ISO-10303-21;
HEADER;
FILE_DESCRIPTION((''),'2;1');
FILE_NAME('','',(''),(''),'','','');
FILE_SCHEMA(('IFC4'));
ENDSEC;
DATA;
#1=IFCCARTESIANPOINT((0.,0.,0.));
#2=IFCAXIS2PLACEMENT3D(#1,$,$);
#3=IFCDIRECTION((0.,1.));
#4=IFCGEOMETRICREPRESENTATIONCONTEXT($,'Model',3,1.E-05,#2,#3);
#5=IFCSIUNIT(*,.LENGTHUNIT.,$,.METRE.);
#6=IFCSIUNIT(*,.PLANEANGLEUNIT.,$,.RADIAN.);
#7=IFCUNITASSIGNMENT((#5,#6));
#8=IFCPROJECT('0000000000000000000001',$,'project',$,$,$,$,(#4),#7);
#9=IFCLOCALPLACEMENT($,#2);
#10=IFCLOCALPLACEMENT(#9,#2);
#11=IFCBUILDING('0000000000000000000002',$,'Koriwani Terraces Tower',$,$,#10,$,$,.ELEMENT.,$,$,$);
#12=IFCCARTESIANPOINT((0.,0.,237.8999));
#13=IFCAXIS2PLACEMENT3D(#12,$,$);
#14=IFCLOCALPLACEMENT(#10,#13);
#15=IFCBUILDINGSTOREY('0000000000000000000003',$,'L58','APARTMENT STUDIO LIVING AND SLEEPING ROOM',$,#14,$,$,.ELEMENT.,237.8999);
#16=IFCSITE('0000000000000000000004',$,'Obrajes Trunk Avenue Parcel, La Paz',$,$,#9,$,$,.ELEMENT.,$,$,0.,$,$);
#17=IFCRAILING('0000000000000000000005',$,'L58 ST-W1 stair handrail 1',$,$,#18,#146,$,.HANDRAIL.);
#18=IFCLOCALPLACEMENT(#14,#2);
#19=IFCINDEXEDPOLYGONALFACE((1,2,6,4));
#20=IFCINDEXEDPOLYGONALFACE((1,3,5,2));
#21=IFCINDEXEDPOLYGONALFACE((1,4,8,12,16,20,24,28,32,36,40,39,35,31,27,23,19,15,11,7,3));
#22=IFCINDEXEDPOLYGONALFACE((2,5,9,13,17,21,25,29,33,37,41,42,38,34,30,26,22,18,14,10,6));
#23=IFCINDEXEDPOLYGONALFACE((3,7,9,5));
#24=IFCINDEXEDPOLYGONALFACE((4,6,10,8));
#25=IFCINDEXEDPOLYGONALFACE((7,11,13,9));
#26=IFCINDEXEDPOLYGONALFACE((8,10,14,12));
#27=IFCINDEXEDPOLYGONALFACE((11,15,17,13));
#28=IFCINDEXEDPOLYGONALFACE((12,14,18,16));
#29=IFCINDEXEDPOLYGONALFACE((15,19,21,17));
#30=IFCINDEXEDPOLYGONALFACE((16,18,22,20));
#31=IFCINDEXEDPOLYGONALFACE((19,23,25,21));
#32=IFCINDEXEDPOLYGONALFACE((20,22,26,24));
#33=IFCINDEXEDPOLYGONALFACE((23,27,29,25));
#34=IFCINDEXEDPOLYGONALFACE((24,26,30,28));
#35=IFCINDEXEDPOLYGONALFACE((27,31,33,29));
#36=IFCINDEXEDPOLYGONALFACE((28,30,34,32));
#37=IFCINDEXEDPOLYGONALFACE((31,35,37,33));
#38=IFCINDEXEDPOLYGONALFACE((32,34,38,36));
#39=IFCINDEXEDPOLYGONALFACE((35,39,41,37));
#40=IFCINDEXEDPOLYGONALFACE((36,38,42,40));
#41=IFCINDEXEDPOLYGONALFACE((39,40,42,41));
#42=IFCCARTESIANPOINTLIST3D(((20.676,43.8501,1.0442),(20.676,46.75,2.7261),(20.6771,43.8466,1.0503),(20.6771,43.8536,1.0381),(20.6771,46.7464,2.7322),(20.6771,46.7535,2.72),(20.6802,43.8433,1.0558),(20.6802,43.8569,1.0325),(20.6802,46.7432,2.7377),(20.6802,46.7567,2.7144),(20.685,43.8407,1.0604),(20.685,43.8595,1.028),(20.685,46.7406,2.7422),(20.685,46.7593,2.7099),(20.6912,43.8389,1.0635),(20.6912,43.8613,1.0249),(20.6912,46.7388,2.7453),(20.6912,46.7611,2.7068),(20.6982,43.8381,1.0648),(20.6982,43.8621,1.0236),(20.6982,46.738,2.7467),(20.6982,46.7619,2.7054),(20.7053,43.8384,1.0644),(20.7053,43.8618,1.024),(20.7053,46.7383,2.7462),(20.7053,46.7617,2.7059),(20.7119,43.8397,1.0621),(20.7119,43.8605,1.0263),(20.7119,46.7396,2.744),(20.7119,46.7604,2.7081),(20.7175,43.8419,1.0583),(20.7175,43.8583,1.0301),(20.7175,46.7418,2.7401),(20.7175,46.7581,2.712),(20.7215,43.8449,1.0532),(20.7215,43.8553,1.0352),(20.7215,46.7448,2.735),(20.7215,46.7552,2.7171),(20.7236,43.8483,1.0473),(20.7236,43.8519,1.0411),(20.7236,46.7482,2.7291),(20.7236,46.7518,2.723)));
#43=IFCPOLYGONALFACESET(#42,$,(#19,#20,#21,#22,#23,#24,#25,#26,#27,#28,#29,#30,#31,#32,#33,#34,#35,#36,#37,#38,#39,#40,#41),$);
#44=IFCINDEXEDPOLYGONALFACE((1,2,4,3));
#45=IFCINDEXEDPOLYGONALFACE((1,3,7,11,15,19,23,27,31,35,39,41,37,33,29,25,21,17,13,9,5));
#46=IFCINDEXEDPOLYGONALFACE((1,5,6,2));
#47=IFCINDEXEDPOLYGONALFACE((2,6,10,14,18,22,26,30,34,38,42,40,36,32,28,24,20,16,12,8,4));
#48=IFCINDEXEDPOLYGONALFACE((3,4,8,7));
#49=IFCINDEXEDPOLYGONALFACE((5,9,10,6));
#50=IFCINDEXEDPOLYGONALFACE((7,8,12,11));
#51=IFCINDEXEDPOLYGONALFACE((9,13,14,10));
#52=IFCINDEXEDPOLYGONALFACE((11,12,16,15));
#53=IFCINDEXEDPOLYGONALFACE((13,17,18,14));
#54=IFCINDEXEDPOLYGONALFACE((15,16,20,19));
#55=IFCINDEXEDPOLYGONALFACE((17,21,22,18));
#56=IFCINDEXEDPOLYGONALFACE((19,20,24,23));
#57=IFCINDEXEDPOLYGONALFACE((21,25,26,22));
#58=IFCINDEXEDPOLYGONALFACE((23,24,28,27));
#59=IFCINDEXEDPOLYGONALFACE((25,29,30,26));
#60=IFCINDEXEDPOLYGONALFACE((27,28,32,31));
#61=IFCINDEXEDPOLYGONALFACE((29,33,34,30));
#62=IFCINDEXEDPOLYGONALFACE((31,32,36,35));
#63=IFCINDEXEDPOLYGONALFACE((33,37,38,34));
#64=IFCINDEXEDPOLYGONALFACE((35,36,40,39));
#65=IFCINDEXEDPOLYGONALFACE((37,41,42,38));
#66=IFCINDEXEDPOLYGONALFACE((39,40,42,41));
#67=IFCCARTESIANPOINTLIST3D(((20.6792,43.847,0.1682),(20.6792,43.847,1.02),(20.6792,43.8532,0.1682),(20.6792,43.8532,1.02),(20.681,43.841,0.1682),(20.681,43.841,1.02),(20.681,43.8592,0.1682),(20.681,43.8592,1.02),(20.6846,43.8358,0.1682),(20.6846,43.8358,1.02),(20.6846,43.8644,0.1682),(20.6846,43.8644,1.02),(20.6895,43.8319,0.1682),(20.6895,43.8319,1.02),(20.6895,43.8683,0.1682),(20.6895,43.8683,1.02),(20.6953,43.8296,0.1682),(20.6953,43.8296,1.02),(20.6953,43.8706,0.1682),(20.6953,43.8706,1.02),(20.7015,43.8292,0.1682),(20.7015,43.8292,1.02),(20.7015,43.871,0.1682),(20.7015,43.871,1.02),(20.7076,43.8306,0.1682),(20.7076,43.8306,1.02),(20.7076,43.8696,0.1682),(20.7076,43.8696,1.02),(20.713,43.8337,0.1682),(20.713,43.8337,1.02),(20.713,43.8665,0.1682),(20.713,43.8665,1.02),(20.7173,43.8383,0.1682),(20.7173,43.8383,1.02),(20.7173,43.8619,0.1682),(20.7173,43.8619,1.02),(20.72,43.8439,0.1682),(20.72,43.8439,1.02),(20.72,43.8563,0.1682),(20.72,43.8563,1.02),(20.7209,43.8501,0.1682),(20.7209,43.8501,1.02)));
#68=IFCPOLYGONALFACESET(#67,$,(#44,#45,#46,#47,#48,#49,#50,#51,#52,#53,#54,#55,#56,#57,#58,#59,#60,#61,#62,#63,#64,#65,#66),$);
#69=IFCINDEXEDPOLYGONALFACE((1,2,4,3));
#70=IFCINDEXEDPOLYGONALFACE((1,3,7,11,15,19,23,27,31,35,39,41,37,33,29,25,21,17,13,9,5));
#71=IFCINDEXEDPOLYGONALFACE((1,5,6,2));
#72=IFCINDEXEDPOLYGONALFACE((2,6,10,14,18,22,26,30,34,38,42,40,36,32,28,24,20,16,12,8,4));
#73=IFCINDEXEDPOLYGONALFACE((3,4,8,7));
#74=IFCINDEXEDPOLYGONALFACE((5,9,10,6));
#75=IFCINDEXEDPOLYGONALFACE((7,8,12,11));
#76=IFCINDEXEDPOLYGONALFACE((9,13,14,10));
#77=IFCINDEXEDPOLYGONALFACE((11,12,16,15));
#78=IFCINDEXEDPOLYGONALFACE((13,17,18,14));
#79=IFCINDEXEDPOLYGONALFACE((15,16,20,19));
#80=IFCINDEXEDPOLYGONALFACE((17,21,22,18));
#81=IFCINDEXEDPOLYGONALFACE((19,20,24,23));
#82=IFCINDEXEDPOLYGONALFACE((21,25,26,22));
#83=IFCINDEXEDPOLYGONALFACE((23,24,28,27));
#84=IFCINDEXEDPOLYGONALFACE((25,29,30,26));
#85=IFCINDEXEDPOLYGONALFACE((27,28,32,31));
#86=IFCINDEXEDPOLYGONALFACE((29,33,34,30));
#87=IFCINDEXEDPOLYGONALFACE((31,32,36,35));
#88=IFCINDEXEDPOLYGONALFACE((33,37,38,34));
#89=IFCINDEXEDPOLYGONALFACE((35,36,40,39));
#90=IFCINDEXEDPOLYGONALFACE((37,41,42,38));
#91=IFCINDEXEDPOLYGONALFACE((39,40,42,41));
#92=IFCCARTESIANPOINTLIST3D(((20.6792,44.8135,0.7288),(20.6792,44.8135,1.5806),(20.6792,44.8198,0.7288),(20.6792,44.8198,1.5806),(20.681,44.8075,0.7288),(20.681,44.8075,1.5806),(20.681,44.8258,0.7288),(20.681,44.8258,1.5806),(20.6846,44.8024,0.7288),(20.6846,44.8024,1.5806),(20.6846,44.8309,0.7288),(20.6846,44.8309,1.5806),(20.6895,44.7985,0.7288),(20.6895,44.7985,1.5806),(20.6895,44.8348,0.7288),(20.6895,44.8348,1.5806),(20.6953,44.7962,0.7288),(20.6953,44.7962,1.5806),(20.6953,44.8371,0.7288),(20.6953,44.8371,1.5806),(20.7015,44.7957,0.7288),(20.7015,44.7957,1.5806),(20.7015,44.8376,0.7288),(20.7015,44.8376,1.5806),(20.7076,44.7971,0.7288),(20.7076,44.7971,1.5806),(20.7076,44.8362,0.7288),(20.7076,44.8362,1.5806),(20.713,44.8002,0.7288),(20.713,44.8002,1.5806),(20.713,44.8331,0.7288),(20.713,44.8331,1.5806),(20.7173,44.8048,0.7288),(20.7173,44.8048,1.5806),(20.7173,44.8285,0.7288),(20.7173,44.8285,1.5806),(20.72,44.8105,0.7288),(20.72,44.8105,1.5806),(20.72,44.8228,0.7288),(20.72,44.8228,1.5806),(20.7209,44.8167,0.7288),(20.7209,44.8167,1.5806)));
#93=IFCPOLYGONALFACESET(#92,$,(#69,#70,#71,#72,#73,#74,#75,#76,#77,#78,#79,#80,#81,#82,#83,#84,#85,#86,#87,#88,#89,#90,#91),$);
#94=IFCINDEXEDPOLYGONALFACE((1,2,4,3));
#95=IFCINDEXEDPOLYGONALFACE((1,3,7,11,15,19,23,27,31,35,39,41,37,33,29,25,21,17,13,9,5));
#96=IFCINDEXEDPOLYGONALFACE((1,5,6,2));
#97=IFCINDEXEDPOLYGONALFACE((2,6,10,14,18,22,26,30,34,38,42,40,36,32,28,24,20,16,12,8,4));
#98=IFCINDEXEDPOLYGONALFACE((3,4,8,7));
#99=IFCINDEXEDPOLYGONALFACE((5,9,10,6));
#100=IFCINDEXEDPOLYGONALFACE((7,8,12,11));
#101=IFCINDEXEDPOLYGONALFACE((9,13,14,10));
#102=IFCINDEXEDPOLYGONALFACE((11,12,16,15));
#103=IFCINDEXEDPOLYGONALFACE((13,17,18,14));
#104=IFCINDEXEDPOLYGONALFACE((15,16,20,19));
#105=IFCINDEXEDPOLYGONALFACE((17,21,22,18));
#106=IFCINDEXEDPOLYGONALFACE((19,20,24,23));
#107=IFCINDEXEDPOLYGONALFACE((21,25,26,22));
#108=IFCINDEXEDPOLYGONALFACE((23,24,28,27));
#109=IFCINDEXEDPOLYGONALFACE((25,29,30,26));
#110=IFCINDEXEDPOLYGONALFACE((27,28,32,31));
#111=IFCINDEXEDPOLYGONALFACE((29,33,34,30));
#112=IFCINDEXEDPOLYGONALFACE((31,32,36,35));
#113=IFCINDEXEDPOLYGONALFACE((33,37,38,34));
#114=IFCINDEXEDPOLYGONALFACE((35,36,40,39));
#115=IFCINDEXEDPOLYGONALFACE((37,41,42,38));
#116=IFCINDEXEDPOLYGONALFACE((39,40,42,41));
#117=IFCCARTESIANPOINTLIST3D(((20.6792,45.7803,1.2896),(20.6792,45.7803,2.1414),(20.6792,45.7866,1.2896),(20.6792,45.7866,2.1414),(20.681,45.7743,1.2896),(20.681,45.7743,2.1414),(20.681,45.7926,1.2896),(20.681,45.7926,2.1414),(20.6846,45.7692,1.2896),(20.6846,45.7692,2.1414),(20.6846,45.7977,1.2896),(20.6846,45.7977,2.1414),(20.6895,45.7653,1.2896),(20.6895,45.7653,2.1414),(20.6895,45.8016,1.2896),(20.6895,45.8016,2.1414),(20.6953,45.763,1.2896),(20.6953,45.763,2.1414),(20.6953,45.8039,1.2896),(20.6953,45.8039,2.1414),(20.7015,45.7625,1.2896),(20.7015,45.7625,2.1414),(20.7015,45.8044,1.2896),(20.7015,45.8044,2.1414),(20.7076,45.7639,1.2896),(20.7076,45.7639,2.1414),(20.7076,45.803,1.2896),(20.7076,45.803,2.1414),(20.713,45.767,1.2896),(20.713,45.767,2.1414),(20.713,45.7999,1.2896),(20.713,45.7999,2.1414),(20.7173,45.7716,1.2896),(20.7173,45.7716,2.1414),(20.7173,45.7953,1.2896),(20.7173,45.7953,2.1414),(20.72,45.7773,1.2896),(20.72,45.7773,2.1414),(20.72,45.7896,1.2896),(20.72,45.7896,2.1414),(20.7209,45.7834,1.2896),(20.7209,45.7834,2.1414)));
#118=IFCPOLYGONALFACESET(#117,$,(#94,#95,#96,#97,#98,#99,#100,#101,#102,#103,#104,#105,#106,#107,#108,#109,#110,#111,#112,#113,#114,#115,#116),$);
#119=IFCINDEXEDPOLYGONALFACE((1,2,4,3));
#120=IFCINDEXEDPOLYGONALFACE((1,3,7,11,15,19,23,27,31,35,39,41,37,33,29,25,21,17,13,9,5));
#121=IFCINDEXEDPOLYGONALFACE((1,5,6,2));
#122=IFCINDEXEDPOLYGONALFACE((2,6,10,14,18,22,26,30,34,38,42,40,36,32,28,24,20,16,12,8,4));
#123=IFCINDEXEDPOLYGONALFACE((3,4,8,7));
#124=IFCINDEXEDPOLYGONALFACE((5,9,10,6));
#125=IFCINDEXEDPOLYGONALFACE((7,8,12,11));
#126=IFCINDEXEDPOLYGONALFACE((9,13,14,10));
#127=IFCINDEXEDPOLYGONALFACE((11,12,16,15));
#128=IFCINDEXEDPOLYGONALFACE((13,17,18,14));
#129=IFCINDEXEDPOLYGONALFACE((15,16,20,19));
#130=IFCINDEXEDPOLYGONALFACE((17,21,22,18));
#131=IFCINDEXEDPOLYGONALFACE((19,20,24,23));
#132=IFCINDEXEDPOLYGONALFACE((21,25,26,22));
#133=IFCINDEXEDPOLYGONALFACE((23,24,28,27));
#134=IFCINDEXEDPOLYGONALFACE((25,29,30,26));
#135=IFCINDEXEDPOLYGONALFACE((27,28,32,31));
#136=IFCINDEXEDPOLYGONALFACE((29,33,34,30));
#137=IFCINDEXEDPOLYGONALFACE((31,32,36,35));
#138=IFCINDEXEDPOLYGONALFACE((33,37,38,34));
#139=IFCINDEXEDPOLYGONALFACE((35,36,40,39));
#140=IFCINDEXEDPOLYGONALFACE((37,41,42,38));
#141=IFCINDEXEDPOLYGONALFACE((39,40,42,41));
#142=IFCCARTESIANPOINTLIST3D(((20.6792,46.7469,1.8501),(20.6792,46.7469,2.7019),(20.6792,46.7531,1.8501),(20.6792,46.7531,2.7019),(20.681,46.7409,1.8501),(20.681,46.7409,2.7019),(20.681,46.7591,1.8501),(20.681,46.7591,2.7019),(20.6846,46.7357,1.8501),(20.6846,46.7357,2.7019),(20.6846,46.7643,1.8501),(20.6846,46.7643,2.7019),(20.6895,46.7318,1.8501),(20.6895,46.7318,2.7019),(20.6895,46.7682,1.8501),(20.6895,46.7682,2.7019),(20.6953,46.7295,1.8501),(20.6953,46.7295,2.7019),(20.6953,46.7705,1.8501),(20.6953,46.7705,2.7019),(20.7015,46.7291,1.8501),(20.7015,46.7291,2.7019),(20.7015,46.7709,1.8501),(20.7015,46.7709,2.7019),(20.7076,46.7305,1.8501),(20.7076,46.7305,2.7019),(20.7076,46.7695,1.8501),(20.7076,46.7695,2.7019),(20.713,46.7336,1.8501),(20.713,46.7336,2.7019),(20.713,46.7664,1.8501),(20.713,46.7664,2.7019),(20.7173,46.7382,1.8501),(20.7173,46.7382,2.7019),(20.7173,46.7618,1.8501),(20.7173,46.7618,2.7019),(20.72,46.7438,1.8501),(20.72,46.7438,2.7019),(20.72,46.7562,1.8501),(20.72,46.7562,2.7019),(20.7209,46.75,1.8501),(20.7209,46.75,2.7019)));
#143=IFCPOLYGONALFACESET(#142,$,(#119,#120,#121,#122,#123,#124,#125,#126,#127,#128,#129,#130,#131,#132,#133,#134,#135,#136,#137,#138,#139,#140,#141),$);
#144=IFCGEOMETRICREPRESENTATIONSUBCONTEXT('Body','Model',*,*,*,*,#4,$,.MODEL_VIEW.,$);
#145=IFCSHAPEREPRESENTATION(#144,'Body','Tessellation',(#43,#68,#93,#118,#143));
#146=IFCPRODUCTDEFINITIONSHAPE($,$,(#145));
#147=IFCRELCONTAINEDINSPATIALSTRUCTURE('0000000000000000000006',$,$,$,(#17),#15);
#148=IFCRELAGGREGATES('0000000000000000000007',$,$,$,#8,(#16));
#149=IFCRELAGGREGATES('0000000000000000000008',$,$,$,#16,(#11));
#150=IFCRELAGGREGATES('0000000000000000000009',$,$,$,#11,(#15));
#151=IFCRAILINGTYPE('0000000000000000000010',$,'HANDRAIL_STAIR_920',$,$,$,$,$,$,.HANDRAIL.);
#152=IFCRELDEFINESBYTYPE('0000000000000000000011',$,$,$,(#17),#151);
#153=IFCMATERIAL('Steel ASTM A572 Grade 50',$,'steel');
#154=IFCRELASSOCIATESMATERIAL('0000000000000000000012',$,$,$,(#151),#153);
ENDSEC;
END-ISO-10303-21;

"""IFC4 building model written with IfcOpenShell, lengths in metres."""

from ifc_helpers import new_model, si_unit, direction, frame, origin, origin_2d, place, context, subcontext, project, spatial, circle, extrude, material, type_object, element, save


model = new_model("IFC4")

# Units and contexts
model_context = context("Model", 3, precision=1e-05, world=origin(), true_north=direction((0.0, 1.0)))
body_context = subcontext(model_context, "Body", "Model", "MODEL_VIEW")
ifc_project = project(units=[si_unit("LENGTHUNIT", "METRE"), si_unit("PLANEANGLEUNIT", "RADIAN")], contexts=[model_context])

# Site, building, storey
site_placement = place(None, origin())
site = spatial("IfcSite", under=ifc_project, at=site_placement, Name="Obrajes Trunk Avenue Parcel, La Paz", CompositionType="ELEMENT", RefElevation=0.0)
building_placement = place(site_placement, origin())
building = spatial("IfcBuilding", under=site, at=building_placement, Name="Koriwani Terraces Tower", CompositionType="ELEMENT")
storey_placement = place(building_placement, frame((0.0, 0.0, 237.8999)))
storey = spatial("IfcBuildingStorey", under=building, at=storey_placement, Name="L58", Description="APARTMENT STUDIO LIVING AND SLEEPING ROOM", CompositionType="ELEMENT", Elevation=237.8999)

# Shared definitions
ifc_material_1 = material(Name="Steel ASTM A572 Grade 50", Category="steel")

# Railing
railing_type_1 = type_object("IfcRailingType", Name="HANDRAIL_STAIR_920", PredefinedType="HANDRAIL", material=ifc_material_1)
railing_1_placement = place(storey_placement, frame((20.7, 43.8501, 0.1682)))
element("IfcRailing", 1, at=railing_1_placement, inside=storey, type_object=railing_type_1, Name="L58 ST-W1 stair handrail 1", PredefinedType="HANDRAIL", context=body_context, shape_type="SweptSolid", body=[
    extrude(circle(Radius=0.0239, at=origin_2d()), frame((0.0, 0.0, 0.876), z_axis=(0.0, 0.865039, 0.501705), x_axis=(-1.0, 0.0, 0.0)), (0.0, 0.0, 1.0), 3.3523),
    extrude(circle(Radius=0.021, at=origin_2d()), origin(), (0.0, 0.0, 1.0), 0.8518),
    extrude(circle(Radius=0.021, at=origin_2d()), frame((0.0, 0.9666, 0.5605)), (0.0, 0.0, 1.0), 0.8518),
    extrude(circle(Radius=0.021, at=origin_2d()), frame((0.0, 1.9333, 1.1213)), (0.0, 0.0, 1.0), 0.8518),
    extrude(circle(Radius=0.021, at=origin_2d()), frame((0.0, 2.8999, 1.6819)), (0.0, 0.0, 1.0), 0.8518),
])

save(model, "model.ifc")
